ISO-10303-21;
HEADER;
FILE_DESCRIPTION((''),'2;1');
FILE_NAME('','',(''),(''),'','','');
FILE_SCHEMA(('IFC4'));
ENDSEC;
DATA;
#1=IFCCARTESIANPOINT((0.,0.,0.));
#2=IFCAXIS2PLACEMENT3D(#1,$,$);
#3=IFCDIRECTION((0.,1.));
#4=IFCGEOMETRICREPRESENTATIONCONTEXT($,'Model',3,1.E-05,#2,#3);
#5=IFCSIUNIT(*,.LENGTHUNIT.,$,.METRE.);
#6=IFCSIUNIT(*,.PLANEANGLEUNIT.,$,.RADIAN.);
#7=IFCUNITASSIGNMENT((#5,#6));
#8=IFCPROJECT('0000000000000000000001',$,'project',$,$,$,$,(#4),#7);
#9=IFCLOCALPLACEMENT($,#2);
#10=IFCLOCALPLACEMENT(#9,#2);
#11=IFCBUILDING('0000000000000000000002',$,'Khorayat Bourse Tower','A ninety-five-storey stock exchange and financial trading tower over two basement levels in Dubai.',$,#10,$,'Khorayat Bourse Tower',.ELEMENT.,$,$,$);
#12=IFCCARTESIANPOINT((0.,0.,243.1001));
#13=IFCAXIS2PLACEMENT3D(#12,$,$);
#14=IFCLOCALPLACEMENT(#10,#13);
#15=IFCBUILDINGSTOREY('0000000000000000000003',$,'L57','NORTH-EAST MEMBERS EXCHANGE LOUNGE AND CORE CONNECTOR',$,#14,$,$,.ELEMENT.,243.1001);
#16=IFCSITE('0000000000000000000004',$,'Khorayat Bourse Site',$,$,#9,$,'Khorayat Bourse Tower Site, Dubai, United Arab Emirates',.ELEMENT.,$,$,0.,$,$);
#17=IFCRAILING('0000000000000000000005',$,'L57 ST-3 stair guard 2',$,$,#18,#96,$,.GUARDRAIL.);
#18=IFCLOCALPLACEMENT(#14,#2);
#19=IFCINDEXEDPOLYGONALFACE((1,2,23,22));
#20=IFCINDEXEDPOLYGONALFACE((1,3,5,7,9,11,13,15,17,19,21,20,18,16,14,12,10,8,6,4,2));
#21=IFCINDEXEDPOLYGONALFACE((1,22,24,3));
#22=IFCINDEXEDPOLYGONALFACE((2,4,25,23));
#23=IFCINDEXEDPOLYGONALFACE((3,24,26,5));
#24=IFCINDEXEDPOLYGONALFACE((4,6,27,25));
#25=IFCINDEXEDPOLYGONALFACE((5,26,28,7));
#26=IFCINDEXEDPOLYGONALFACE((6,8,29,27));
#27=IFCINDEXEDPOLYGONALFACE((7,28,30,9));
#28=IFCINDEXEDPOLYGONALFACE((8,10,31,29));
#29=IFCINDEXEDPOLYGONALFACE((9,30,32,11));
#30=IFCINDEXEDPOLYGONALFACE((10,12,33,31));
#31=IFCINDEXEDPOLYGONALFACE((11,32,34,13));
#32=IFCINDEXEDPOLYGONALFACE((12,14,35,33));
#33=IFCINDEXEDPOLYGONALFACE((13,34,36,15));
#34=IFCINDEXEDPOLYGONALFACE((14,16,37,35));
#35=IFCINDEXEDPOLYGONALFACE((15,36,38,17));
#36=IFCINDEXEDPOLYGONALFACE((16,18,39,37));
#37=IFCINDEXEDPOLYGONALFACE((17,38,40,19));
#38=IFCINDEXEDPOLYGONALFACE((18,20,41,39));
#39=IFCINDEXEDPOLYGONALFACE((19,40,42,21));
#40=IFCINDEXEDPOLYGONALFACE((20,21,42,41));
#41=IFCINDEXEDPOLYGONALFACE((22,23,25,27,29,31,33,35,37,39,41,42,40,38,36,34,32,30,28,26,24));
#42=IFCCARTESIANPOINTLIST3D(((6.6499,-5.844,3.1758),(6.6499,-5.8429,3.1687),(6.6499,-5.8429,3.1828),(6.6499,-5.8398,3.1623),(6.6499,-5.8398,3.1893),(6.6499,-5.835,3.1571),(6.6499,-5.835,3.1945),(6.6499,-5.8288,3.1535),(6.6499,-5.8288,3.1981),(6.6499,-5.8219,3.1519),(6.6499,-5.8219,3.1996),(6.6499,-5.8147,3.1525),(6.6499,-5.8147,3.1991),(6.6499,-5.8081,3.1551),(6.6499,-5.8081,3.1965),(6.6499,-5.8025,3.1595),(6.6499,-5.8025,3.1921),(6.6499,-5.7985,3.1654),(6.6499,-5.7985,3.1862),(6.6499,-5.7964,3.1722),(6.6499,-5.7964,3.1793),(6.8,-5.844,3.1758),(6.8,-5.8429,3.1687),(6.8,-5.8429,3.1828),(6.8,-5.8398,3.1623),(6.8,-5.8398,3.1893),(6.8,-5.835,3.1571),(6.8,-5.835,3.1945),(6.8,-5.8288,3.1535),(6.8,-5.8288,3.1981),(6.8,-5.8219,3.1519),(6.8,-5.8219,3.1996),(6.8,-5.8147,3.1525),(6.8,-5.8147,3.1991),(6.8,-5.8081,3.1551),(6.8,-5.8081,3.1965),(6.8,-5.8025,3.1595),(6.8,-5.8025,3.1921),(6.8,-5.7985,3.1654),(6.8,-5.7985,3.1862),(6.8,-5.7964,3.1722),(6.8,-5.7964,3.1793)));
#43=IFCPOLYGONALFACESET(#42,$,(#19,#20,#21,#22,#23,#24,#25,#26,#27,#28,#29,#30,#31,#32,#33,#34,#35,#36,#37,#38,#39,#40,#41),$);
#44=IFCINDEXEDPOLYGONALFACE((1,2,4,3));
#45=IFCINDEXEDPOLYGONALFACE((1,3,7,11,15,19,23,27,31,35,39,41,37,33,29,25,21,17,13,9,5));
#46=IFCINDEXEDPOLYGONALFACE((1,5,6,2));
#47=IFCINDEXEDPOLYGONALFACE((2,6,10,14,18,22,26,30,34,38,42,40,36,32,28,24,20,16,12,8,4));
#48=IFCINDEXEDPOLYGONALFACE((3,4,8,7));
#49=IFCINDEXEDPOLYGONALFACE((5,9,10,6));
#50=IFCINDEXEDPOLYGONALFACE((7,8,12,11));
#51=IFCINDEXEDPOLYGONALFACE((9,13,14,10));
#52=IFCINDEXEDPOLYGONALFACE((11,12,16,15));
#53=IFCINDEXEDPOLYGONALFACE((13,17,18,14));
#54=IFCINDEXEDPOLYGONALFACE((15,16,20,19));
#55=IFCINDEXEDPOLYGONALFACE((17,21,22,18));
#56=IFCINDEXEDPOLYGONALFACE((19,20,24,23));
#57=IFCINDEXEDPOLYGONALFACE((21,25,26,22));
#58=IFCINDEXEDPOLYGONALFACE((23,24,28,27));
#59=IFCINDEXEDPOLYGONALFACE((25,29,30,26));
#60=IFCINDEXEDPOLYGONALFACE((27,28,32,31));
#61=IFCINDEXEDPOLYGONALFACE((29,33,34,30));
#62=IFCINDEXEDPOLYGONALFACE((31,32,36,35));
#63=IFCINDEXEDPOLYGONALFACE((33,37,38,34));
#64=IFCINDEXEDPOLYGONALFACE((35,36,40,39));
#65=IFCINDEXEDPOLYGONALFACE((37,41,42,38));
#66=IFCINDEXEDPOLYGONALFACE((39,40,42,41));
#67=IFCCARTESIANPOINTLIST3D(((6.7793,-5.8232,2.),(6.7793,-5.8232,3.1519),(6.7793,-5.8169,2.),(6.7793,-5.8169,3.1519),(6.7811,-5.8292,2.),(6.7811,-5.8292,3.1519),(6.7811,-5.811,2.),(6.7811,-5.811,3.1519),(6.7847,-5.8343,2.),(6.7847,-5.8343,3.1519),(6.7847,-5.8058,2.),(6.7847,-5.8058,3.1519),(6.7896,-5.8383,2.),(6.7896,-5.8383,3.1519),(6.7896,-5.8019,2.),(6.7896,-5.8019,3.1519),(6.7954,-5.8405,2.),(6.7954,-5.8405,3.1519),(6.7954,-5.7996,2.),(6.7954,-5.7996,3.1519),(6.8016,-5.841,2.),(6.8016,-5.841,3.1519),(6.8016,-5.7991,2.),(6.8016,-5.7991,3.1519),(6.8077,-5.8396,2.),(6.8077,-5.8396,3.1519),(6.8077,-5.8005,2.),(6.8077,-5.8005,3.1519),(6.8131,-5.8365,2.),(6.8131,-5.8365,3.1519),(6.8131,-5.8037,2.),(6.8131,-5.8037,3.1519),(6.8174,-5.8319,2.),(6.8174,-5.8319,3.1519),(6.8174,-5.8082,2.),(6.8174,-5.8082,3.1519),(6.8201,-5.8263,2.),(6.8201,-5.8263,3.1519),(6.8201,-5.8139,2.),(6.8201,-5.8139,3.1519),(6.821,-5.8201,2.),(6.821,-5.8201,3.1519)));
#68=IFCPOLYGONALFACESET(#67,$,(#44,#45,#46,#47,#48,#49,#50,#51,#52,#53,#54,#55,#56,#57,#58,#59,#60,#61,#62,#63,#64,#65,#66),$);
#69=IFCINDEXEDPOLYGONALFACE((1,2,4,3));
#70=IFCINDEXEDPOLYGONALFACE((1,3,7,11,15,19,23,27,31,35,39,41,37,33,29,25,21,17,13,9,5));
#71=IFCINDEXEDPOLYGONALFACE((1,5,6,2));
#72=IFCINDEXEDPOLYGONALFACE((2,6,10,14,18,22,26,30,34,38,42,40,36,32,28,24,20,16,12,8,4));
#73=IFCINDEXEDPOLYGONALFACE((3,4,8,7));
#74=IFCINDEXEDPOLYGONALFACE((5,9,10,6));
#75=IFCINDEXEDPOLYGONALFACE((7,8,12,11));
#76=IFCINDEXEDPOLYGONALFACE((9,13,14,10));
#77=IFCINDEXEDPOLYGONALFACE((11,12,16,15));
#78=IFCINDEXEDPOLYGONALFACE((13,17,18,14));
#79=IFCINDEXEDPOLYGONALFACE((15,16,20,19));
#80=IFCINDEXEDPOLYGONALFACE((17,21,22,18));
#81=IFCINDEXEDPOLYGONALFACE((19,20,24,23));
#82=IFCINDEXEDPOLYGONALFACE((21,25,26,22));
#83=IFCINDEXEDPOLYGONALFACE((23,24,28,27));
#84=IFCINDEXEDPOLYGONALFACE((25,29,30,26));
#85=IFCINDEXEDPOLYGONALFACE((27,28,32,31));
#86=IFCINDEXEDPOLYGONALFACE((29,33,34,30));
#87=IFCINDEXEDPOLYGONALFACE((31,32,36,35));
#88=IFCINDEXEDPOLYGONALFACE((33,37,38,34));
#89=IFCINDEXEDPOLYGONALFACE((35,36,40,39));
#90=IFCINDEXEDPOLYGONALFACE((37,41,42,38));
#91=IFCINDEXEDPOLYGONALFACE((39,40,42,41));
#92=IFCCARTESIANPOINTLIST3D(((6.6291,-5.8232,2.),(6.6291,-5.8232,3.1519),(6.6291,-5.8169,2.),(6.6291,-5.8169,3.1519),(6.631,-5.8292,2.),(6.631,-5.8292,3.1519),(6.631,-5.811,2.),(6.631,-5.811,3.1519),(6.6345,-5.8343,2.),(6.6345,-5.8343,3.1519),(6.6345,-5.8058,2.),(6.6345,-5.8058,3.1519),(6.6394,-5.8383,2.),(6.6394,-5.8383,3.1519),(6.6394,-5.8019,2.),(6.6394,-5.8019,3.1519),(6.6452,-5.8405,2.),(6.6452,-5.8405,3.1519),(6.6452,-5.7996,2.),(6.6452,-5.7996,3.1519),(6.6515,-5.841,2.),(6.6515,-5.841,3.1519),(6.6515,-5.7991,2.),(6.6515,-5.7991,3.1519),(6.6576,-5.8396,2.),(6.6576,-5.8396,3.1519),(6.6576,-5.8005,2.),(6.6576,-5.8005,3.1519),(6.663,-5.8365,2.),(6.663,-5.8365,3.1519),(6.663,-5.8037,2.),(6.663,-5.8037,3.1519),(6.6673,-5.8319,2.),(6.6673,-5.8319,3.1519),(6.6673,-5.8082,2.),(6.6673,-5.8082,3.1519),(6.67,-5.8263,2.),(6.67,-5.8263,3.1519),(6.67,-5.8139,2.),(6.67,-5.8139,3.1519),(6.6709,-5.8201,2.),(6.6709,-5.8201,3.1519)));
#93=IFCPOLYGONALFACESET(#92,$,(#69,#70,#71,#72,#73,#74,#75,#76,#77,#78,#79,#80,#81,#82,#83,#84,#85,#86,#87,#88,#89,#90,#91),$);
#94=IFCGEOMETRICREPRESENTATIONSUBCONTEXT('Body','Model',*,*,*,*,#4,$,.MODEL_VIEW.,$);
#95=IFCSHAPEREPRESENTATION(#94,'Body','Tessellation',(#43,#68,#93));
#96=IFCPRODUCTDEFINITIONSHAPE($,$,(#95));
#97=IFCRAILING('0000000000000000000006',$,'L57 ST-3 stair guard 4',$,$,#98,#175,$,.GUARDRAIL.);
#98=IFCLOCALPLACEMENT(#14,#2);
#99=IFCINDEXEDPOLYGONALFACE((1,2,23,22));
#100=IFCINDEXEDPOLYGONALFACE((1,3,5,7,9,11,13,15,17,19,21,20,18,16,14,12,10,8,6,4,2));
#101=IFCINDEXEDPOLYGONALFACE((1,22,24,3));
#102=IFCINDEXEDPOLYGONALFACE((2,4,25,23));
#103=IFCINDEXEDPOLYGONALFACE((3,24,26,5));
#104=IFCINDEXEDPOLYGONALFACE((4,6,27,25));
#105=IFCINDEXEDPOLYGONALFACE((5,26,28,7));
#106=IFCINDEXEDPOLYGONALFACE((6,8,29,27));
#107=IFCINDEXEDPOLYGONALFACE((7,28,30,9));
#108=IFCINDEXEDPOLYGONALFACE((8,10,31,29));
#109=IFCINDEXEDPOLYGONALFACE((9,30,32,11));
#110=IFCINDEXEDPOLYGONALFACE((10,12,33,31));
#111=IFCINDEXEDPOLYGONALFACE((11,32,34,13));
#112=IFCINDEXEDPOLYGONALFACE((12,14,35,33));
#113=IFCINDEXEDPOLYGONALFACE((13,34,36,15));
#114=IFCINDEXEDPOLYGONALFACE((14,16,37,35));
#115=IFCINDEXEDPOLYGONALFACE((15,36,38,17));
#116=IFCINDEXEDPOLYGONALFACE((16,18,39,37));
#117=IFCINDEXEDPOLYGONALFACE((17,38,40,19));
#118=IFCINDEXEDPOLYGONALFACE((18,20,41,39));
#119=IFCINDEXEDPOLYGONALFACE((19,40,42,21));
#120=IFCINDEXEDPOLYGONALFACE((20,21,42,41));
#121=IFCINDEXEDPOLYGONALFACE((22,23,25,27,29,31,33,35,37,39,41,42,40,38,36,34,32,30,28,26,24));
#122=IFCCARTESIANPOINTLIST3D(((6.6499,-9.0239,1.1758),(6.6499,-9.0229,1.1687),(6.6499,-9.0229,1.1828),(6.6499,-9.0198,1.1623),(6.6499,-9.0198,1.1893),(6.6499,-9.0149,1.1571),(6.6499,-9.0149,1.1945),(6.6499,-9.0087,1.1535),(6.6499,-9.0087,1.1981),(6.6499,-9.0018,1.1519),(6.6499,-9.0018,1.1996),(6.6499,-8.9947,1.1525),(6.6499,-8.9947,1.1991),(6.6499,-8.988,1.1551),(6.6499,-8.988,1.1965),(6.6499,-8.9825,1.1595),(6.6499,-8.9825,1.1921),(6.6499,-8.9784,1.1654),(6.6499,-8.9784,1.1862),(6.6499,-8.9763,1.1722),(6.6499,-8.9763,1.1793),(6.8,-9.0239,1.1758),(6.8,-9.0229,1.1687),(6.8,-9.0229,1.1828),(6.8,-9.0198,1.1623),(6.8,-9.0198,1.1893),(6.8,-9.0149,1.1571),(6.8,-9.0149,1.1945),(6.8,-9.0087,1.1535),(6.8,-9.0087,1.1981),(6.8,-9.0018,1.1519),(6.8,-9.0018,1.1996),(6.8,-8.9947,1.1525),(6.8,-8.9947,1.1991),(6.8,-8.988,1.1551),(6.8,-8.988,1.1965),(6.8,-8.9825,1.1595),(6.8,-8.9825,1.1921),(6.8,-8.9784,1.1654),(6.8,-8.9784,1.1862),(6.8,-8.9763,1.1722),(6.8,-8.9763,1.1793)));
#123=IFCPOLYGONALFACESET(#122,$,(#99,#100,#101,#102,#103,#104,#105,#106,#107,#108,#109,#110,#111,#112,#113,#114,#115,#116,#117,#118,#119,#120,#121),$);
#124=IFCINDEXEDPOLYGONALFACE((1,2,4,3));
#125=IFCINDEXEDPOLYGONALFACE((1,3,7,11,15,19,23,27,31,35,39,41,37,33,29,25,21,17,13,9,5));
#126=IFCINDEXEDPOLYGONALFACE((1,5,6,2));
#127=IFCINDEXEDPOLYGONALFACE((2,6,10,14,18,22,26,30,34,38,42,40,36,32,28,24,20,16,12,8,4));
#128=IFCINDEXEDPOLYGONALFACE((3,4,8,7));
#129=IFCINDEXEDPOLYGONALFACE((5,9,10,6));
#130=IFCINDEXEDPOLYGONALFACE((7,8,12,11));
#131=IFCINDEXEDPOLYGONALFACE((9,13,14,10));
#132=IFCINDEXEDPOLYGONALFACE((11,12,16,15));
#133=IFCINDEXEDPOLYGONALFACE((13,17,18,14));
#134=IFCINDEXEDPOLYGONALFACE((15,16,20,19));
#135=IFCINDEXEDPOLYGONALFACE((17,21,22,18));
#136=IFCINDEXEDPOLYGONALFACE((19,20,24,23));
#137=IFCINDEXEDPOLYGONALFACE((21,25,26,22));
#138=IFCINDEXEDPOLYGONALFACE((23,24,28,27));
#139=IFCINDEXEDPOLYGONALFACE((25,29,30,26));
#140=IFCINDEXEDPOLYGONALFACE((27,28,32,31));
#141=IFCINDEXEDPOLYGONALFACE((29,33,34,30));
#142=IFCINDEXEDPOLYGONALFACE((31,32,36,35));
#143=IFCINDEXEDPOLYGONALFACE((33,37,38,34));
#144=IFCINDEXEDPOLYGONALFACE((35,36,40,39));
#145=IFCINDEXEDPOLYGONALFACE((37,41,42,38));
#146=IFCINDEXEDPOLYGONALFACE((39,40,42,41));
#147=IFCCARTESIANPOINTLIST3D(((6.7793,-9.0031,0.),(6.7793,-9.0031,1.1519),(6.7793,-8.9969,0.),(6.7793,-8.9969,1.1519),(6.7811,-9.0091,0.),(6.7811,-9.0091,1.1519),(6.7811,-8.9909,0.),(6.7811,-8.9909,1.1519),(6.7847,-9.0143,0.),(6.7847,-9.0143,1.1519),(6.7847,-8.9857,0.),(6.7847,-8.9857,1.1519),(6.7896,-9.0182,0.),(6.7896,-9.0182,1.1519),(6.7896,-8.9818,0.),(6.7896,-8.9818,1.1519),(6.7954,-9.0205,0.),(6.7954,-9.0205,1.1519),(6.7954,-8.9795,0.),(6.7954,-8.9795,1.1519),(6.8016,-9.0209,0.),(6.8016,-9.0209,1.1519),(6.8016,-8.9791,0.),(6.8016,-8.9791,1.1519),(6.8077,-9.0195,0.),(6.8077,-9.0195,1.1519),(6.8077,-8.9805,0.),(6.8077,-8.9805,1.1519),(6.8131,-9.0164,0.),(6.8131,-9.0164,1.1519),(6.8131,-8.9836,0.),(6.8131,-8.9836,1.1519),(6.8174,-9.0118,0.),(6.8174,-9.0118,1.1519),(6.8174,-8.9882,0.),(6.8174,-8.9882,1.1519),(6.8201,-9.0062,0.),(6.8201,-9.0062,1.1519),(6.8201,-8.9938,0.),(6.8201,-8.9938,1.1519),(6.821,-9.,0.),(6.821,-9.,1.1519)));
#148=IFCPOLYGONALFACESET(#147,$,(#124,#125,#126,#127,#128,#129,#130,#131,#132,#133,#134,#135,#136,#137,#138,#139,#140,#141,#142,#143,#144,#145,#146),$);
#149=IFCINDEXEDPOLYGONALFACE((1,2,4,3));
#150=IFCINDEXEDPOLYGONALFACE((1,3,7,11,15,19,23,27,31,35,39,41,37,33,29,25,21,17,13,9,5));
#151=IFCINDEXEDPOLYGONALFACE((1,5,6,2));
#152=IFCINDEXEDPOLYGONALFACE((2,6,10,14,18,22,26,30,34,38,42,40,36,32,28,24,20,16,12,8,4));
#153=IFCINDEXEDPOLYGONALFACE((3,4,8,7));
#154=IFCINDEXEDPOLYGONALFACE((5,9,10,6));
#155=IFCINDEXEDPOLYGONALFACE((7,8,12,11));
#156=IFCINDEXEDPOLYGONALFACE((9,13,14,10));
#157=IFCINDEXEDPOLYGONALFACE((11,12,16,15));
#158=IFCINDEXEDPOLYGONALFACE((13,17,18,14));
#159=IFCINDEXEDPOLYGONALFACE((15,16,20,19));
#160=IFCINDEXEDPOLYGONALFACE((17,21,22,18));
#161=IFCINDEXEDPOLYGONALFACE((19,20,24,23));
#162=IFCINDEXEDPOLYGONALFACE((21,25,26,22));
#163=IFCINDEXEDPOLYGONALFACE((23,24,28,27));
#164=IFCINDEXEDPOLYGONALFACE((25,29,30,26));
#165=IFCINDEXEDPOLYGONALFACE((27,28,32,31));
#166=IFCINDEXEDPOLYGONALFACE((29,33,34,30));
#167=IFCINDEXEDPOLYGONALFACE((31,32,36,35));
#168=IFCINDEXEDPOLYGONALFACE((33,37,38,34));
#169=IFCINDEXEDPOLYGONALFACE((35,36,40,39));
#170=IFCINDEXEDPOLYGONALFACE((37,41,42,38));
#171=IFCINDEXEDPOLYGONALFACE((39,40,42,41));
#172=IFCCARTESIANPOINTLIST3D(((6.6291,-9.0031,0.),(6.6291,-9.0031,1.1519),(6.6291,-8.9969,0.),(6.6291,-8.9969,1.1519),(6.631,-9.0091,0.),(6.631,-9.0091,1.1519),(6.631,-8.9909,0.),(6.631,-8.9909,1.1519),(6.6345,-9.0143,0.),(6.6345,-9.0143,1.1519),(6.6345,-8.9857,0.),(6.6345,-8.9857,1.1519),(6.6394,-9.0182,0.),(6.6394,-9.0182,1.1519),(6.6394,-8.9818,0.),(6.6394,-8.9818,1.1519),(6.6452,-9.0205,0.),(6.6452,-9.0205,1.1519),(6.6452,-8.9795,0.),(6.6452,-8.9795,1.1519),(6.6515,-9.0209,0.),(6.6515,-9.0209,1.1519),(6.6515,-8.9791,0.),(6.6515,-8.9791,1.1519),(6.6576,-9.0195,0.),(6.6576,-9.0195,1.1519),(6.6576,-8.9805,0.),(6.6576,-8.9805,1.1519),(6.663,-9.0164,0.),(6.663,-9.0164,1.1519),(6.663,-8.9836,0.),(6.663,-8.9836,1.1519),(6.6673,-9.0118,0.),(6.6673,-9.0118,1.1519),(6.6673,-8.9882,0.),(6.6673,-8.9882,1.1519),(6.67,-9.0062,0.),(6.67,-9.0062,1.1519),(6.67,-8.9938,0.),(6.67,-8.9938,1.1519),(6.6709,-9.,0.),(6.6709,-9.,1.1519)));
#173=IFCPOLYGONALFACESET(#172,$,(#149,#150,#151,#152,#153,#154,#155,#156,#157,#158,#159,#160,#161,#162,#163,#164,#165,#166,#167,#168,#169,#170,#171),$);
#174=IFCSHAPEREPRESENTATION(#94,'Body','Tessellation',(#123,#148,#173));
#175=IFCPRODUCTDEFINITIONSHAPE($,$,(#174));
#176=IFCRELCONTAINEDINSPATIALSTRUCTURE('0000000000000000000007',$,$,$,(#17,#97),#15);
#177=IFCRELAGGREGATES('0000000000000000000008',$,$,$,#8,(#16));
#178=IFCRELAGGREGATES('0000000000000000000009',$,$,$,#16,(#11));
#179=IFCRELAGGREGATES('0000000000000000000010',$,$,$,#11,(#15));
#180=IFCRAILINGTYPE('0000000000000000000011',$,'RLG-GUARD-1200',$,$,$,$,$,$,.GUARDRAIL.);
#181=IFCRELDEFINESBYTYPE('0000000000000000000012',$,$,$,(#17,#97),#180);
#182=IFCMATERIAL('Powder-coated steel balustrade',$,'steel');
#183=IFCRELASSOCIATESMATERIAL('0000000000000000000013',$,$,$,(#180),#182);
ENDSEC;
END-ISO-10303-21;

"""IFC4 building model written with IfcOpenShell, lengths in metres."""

from ifc_helpers import new_model, si_unit, direction, frame, origin, origin_2d, place, context, subcontext, project, spatial, circle, extrude, source, transform, mapped, material, type_object, element, save


model = new_model("IFC4")

# Units and contexts
model_context = context("Model", 3, precision=1e-05, world=origin(), true_north=direction((0.0, 1.0)))
body_context = subcontext(model_context, "Body", "Model", "MODEL_VIEW")
ifc_project = project(units=[si_unit("LENGTHUNIT", "METRE"), si_unit("PLANEANGLEUNIT", "RADIAN")], contexts=[model_context])

# Site, building, storey
site_placement = place(None, origin())
site = spatial("IfcSite", under=ifc_project, at=site_placement, Name="Khorayat Bourse Site", LongName="Khorayat Bourse Tower Site, Dubai, United Arab Emirates", CompositionType="ELEMENT", RefElevation=0.0)
building_placement = place(site_placement, origin())
building = spatial("IfcBuilding", under=site, at=building_placement, Name="Khorayat Bourse Tower", Description="A ninety-five-storey stock exchange and financial trading tower over two basement levels in Dubai.", LongName="Khorayat Bourse Tower", CompositionType="ELEMENT")
storey_placement = place(building_placement, frame((0.0, 0.0, 243.1001)))
storey = spatial("IfcBuildingStorey", under=building, at=storey_placement, Name="L57", Description="NORTH-EAST MEMBERS EXCHANGE LOUNGE AND CORE CONNECTOR", CompositionType="ELEMENT", Elevation=243.1001)

# Railings
ifc_material_1 = material(Name="Powder-coated steel balustrade", Category="steel")
railing_type_1 = type_object("IfcRailingType", Name="RLG-GUARD-1200", PredefinedType="GUARDRAIL", material=ifc_material_1)
shared_shape_1 = source(origin(), body_context, "Body", "SweptSolid", [
    extrude(circle(Radius=0.0239, at=origin_2d()), frame((0.0, 0.0, 1.1758), z_axis=(-1.0, 0.0, 0.0), x_axis=(0.0, -1.0, 0.0)), (0.0, 0.0, 1.0), 0.1501),
    extrude(circle(Radius=0.021, at=origin_2d()), origin(), (0.0, 0.0, 1.0), 1.1519),
    extrude(circle(Radius=0.021, at=origin_2d()), frame((-0.1501, 0.0, 0.0)), (0.0, 0.0, 1.0), 1.1519),
])
for number, where, name in (
    (1, (6.8, -5.8201, 2.0), "L57 ST-3 stair guard 2"),
    (2, (6.8, -9.0, 0.0), "L57 ST-3 stair guard 4"),
):
    element("IfcRailing", number, at=place(storey_placement, frame(where)), inside=storey, type_object=railing_type_1, Name=name, PredefinedType="GUARDRAIL", context=body_context, shape_type="MappedRepresentation", body=[
        mapped(shared_shape_1, transform((0.0, 0.0, 0.0), scale=1.0)),
    ])

save(model, "model.ifc")
